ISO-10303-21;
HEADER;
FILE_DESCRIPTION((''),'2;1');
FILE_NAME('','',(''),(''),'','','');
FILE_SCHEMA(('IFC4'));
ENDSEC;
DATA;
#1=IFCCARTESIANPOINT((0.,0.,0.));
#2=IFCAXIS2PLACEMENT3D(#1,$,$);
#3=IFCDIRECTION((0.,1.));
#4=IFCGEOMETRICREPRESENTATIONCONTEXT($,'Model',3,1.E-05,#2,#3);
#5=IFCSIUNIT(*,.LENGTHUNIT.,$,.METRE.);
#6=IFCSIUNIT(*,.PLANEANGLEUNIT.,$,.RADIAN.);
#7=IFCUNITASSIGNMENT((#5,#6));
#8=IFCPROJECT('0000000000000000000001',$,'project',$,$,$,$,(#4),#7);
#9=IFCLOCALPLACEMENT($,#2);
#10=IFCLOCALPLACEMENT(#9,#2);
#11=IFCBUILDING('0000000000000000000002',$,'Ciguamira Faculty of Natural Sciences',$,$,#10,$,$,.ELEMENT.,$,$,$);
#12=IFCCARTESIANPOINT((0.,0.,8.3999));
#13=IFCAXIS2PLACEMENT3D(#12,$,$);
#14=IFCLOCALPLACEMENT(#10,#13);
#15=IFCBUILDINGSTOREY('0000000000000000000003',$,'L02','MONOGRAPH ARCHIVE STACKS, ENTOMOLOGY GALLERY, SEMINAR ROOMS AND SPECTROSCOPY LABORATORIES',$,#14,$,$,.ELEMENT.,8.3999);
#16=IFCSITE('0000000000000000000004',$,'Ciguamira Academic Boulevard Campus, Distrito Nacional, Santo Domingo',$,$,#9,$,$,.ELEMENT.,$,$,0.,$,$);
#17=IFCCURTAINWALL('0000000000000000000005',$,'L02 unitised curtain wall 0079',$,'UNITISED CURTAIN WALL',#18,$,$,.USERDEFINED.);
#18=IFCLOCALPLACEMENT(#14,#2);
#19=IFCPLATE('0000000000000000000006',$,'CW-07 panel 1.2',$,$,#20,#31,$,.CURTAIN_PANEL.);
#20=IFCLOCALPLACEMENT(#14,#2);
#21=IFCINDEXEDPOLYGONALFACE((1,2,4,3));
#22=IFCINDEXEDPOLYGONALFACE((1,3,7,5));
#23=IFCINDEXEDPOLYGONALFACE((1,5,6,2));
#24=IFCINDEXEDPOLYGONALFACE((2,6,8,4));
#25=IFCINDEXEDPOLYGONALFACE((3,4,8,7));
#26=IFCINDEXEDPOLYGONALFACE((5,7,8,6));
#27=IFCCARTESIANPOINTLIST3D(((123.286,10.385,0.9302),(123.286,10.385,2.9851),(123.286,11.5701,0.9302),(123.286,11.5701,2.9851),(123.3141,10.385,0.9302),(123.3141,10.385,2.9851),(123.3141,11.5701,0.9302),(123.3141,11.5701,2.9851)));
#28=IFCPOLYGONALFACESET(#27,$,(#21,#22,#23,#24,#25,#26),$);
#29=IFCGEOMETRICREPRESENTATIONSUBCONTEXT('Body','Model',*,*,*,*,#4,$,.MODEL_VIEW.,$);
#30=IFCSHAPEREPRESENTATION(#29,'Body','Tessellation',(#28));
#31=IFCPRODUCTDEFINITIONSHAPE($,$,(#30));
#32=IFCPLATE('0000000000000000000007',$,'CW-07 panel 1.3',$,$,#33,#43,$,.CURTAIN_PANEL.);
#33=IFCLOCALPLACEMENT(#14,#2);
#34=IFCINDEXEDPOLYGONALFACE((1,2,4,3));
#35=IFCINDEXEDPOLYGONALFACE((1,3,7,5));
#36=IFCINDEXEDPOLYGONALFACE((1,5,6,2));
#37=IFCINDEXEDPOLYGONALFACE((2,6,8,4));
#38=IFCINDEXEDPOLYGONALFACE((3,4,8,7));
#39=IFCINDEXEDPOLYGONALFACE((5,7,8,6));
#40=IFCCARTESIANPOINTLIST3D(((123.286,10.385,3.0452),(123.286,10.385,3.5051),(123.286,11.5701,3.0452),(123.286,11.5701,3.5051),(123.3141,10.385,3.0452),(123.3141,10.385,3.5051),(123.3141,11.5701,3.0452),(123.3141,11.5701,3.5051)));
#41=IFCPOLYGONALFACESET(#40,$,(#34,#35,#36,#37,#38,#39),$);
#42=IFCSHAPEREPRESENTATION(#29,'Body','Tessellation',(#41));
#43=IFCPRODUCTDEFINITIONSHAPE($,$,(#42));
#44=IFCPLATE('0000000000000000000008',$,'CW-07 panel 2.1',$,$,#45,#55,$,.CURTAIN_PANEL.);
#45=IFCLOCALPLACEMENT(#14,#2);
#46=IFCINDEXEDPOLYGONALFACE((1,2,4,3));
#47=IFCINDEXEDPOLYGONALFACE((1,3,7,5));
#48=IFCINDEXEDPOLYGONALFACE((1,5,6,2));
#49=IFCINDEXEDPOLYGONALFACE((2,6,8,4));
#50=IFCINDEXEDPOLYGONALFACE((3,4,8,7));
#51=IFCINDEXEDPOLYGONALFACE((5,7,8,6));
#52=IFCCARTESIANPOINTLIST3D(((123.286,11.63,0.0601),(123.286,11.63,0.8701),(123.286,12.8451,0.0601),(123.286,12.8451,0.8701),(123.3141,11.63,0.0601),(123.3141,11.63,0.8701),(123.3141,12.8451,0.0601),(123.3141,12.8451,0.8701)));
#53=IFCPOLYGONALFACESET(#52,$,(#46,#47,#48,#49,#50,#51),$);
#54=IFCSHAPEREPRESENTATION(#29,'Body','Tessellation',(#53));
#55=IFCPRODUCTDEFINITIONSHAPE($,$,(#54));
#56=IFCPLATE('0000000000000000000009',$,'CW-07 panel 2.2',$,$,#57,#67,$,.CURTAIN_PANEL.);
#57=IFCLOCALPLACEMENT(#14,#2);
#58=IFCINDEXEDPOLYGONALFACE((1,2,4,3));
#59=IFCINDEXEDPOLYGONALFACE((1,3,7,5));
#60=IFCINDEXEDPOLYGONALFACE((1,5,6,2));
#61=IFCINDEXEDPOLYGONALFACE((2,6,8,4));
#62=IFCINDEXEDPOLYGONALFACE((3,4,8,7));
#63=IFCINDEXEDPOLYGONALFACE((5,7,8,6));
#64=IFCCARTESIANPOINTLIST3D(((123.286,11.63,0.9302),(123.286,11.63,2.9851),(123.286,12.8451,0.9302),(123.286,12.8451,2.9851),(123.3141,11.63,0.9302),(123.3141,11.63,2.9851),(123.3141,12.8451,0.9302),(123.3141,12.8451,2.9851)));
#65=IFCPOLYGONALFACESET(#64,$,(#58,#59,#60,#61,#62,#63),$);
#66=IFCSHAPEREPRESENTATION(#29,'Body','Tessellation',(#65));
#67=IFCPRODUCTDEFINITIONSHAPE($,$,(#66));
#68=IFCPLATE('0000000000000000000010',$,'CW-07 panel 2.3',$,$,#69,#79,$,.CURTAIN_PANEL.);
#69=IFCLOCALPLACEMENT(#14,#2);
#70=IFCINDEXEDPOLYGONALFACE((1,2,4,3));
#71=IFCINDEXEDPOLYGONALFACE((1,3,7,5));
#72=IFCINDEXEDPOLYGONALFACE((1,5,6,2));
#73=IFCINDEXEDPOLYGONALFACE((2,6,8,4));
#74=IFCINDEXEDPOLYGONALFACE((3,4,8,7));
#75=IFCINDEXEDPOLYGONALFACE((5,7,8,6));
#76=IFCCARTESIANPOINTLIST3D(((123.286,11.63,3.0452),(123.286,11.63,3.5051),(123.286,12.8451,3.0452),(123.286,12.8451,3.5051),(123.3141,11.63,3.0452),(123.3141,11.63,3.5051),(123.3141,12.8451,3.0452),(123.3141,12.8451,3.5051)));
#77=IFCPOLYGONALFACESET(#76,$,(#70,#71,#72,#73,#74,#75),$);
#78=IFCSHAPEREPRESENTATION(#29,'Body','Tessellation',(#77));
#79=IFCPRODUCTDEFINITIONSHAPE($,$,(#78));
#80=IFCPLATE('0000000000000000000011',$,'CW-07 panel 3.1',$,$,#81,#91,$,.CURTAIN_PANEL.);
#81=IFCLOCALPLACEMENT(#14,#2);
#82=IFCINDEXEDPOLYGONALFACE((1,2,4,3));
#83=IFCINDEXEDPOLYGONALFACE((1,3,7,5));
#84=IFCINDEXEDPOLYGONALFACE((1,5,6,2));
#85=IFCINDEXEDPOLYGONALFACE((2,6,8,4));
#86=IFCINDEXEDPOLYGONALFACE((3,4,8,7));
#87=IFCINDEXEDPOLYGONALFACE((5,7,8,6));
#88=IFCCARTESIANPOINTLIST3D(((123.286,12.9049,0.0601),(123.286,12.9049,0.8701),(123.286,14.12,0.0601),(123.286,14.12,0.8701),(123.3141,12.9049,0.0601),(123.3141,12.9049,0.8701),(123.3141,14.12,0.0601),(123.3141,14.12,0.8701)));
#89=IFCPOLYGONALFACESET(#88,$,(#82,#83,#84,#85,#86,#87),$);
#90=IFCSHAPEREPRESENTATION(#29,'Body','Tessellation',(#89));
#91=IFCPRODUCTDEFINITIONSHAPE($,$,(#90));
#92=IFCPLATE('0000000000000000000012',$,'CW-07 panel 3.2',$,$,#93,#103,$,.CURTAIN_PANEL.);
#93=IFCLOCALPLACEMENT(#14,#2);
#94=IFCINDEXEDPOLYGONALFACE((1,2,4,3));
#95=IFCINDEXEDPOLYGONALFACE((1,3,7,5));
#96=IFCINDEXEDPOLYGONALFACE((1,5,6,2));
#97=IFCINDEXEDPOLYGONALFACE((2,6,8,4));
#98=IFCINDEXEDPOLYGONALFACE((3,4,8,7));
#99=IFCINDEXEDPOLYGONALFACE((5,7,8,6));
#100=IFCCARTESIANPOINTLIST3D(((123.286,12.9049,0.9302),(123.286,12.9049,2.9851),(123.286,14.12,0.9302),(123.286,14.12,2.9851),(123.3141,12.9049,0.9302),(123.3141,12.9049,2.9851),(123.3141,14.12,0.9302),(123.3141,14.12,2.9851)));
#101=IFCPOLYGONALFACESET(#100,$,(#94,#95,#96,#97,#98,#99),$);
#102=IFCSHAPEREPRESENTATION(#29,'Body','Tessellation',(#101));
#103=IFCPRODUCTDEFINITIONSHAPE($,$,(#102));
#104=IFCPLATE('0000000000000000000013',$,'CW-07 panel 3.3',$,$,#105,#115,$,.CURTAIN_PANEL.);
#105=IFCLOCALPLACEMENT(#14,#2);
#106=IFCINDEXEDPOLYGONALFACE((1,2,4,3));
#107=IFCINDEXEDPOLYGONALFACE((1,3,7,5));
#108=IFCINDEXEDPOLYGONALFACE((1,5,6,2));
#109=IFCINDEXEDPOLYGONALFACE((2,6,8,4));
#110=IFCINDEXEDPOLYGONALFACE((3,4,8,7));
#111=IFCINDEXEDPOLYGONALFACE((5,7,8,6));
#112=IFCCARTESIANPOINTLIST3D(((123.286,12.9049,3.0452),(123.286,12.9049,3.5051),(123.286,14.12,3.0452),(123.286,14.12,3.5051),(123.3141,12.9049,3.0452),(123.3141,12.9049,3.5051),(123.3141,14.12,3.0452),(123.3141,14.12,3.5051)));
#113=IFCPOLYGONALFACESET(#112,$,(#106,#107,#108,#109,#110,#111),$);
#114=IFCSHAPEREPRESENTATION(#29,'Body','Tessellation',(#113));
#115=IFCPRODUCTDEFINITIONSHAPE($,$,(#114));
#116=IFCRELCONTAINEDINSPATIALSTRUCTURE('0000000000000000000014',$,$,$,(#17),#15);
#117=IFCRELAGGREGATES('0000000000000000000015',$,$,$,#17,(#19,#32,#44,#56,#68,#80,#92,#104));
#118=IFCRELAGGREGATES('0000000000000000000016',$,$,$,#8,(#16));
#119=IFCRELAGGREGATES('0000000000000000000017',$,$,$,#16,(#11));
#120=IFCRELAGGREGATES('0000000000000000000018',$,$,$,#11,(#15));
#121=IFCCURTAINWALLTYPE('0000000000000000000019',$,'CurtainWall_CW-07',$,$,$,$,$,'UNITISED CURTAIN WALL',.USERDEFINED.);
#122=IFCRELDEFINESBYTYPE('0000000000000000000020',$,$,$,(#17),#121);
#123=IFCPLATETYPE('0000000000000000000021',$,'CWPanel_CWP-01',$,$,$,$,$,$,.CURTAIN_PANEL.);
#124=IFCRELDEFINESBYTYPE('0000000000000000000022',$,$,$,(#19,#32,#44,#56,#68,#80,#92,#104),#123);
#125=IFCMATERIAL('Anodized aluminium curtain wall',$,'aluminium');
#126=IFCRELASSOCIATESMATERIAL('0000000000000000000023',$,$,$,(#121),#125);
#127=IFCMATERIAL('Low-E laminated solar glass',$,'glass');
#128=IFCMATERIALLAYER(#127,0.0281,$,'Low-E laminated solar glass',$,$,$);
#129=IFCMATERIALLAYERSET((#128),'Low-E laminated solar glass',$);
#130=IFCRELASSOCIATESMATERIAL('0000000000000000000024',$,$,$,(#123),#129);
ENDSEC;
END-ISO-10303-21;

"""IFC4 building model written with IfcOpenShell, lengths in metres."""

from ifc_helpers import new_model, si_unit, direction, frame, origin, origin_2d, place, context, subcontext, project, spatial, rectangle, extrude, material, layer, layer_set, type_object, element, aggregate, save


model = new_model("IFC4")

# Units and contexts
model_context = context("Model", 3, precision=1e-05, world=origin(), true_north=direction((0.0, 1.0)))
body_context = subcontext(model_context, "Body", "Model", "MODEL_VIEW")
ifc_project = project(units=[si_unit("LENGTHUNIT", "METRE"), si_unit("PLANEANGLEUNIT", "RADIAN")], contexts=[model_context])

# Site, building, storey
site_placement = place(None, origin())
site = spatial("IfcSite", under=ifc_project, at=site_placement, Name="Ciguamira Academic Boulevard Campus, Distrito Nacional, Santo Domingo", CompositionType="ELEMENT", RefElevation=0.0)
building_placement = place(site_placement, origin())
building = spatial("IfcBuilding", under=site, at=building_placement, Name="Ciguamira Faculty of Natural Sciences", CompositionType="ELEMENT")
storey_placement = place(building_placement, frame((0.0, 0.0, 8.3999)))
storey = spatial("IfcBuildingStorey", under=building, at=storey_placement, Name="L02", Description="MONOGRAPH ARCHIVE STACKS, ENTOMOLOGY GALLERY, SEMINAR ROOMS AND SPECTROSCOPY LABORATORIES", CompositionType="ELEMENT", Elevation=8.3999)

# Curtain wall, plates
ifc_material_1 = material(Name="Anodized aluminium curtain wall", Category="aluminium")
curtain_wall_type = type_object("IfcCurtainWallType", Name="CurtainWall_CW-07", ElementType="UNITISED CURTAIN WALL", PredefinedType="USERDEFINED", material=ifc_material_1)
curtain_wall_placement = place(storey_placement, origin())
curtain_wall = element("IfcCurtainWall", 1, at=curtain_wall_placement, inside=storey, type_object=curtain_wall_type, Name="L02 unitised curtain wall 0079", ObjectType="UNITISED CURTAIN WALL", PredefinedType="USERDEFINED")
ifc_material_2 = material(Name="Low-E laminated solar glass", Category="glass")
ifc_layer = layer(ifc_material_2, 0.0281, Name="Low-E laminated solar glass")
ifc_layer_set = layer_set([ifc_layer], Name="Low-E laminated solar glass")
plate_type = type_object("IfcPlateType", Name="CWPanel_CWP-01", PredefinedType="CURTAIN_PANEL", material=ifc_layer_set)
plate_1_placement = place(storey_placement, frame((123.3, 10.9775, 0.9302), z_axis=(0.0, 0.0, 1.0), x_axis=(0.0, 1.0, 0.0)))
plate_1 = element("IfcPlate", 2, at=plate_1_placement, type_object=plate_type, Name="CW-07 panel 1.2", PredefinedType="CURTAIN_PANEL", context=body_context, shape_type="SweptSolid", body=[
    extrude(rectangle(XDim=1.1851, YDim=0.0281, at=origin_2d()), origin(), (0.0, 0.0, 1.0), 2.0549),
])
plate_2_placement = place(storey_placement, frame((123.3, 10.9775, 3.0452), z_axis=(0.0, 0.0, 1.0), x_axis=(0.0, 1.0, 0.0)))
plate_2 = element("IfcPlate", 3, at=plate_2_placement, type_object=plate_type, Name="CW-07 panel 1.3", PredefinedType="CURTAIN_PANEL", context=body_context, shape_type="SweptSolid", body=[
    extrude(rectangle(XDim=1.1851, YDim=0.0281, at=origin_2d()), origin(), (0.0, 0.0, 1.0), 0.46),
])
plate_3_placement = place(storey_placement, frame((123.3, 12.2375, 0.0601), z_axis=(0.0, 0.0, 1.0), x_axis=(0.0, 1.0, 0.0)))
plate_3 = element("IfcPlate", 4, at=plate_3_placement, type_object=plate_type, Name="CW-07 panel 2.1", PredefinedType="CURTAIN_PANEL", context=body_context, shape_type="SweptSolid", body=[
    extrude(rectangle(XDim=1.2151, YDim=0.0281, at=origin_2d()), origin(), (0.0, 0.0, 1.0), 0.8101),
])
plate_4_placement = place(storey_placement, frame((123.3, 12.2375, 0.9302), z_axis=(0.0, 0.0, 1.0), x_axis=(0.0, 1.0, 0.0)))
plate_4 = element("IfcPlate", 5, at=plate_4_placement, type_object=plate_type, Name="CW-07 panel 2.2", PredefinedType="CURTAIN_PANEL", context=body_context, shape_type="SweptSolid", body=[
    extrude(rectangle(XDim=1.2151, YDim=0.0281, at=origin_2d()), origin(), (0.0, 0.0, 1.0), 2.0549),
])
plate_5_placement = place(storey_placement, frame((123.3, 12.2375, 3.0452), z_axis=(0.0, 0.0, 1.0), x_axis=(0.0, 1.0, 0.0)))
plate_5 = element("IfcPlate", 6, at=plate_5_placement, type_object=plate_type, Name="CW-07 panel 2.3", PredefinedType="CURTAIN_PANEL", context=body_context, shape_type="SweptSolid", body=[
    extrude(rectangle(XDim=1.2151, YDim=0.0281, at=origin_2d()), origin(), (0.0, 0.0, 1.0), 0.46),
])
plate_6_placement = place(storey_placement, frame((123.3, 13.5125, 0.0601), z_axis=(0.0, 0.0, 1.0), x_axis=(0.0, 1.0, 0.0)))
plate_6 = element("IfcPlate", 7, at=plate_6_placement, type_object=plate_type, Name="CW-07 panel 3.1", PredefinedType="CURTAIN_PANEL", context=body_context, shape_type="SweptSolid", body=[
    extrude(rectangle(XDim=1.2151, YDim=0.0281, at=origin_2d()), origin(), (0.0, 0.0, 1.0), 0.8101),
])
plate_7_placement = place(storey_placement, frame((123.3, 13.5125, 0.9302), z_axis=(0.0, 0.0, 1.0), x_axis=(0.0, 1.0, 0.0)))
plate_7 = element("IfcPlate", 8, at=plate_7_placement, type_object=plate_type, Name="CW-07 panel 3.2", PredefinedType="CURTAIN_PANEL", context=body_context, shape_type="SweptSolid", body=[
    extrude(rectangle(XDim=1.2151, YDim=0.0281, at=origin_2d()), origin(), (0.0, 0.0, 1.0), 2.0549),
])
plate_8_placement = place(storey_placement, frame((123.3, 13.5125, 3.0452), z_axis=(0.0, 0.0, 1.0), x_axis=(0.0, 1.0, 0.0)))
plate_8 = element("IfcPlate", 9, at=plate_8_placement, type_object=plate_type, Name="CW-07 panel 3.3", PredefinedType="CURTAIN_PANEL", context=body_context, shape_type="SweptSolid", body=[
    extrude(rectangle(XDim=1.2151, YDim=0.0281, at=origin_2d()), origin(), (0.0, 0.0, 1.0), 0.46),
])
aggregate(curtain_wall, [plate_1, plate_2, plate_3, plate_4, plate_5, plate_6, plate_7, plate_8])

save(model, "model.ifc")
